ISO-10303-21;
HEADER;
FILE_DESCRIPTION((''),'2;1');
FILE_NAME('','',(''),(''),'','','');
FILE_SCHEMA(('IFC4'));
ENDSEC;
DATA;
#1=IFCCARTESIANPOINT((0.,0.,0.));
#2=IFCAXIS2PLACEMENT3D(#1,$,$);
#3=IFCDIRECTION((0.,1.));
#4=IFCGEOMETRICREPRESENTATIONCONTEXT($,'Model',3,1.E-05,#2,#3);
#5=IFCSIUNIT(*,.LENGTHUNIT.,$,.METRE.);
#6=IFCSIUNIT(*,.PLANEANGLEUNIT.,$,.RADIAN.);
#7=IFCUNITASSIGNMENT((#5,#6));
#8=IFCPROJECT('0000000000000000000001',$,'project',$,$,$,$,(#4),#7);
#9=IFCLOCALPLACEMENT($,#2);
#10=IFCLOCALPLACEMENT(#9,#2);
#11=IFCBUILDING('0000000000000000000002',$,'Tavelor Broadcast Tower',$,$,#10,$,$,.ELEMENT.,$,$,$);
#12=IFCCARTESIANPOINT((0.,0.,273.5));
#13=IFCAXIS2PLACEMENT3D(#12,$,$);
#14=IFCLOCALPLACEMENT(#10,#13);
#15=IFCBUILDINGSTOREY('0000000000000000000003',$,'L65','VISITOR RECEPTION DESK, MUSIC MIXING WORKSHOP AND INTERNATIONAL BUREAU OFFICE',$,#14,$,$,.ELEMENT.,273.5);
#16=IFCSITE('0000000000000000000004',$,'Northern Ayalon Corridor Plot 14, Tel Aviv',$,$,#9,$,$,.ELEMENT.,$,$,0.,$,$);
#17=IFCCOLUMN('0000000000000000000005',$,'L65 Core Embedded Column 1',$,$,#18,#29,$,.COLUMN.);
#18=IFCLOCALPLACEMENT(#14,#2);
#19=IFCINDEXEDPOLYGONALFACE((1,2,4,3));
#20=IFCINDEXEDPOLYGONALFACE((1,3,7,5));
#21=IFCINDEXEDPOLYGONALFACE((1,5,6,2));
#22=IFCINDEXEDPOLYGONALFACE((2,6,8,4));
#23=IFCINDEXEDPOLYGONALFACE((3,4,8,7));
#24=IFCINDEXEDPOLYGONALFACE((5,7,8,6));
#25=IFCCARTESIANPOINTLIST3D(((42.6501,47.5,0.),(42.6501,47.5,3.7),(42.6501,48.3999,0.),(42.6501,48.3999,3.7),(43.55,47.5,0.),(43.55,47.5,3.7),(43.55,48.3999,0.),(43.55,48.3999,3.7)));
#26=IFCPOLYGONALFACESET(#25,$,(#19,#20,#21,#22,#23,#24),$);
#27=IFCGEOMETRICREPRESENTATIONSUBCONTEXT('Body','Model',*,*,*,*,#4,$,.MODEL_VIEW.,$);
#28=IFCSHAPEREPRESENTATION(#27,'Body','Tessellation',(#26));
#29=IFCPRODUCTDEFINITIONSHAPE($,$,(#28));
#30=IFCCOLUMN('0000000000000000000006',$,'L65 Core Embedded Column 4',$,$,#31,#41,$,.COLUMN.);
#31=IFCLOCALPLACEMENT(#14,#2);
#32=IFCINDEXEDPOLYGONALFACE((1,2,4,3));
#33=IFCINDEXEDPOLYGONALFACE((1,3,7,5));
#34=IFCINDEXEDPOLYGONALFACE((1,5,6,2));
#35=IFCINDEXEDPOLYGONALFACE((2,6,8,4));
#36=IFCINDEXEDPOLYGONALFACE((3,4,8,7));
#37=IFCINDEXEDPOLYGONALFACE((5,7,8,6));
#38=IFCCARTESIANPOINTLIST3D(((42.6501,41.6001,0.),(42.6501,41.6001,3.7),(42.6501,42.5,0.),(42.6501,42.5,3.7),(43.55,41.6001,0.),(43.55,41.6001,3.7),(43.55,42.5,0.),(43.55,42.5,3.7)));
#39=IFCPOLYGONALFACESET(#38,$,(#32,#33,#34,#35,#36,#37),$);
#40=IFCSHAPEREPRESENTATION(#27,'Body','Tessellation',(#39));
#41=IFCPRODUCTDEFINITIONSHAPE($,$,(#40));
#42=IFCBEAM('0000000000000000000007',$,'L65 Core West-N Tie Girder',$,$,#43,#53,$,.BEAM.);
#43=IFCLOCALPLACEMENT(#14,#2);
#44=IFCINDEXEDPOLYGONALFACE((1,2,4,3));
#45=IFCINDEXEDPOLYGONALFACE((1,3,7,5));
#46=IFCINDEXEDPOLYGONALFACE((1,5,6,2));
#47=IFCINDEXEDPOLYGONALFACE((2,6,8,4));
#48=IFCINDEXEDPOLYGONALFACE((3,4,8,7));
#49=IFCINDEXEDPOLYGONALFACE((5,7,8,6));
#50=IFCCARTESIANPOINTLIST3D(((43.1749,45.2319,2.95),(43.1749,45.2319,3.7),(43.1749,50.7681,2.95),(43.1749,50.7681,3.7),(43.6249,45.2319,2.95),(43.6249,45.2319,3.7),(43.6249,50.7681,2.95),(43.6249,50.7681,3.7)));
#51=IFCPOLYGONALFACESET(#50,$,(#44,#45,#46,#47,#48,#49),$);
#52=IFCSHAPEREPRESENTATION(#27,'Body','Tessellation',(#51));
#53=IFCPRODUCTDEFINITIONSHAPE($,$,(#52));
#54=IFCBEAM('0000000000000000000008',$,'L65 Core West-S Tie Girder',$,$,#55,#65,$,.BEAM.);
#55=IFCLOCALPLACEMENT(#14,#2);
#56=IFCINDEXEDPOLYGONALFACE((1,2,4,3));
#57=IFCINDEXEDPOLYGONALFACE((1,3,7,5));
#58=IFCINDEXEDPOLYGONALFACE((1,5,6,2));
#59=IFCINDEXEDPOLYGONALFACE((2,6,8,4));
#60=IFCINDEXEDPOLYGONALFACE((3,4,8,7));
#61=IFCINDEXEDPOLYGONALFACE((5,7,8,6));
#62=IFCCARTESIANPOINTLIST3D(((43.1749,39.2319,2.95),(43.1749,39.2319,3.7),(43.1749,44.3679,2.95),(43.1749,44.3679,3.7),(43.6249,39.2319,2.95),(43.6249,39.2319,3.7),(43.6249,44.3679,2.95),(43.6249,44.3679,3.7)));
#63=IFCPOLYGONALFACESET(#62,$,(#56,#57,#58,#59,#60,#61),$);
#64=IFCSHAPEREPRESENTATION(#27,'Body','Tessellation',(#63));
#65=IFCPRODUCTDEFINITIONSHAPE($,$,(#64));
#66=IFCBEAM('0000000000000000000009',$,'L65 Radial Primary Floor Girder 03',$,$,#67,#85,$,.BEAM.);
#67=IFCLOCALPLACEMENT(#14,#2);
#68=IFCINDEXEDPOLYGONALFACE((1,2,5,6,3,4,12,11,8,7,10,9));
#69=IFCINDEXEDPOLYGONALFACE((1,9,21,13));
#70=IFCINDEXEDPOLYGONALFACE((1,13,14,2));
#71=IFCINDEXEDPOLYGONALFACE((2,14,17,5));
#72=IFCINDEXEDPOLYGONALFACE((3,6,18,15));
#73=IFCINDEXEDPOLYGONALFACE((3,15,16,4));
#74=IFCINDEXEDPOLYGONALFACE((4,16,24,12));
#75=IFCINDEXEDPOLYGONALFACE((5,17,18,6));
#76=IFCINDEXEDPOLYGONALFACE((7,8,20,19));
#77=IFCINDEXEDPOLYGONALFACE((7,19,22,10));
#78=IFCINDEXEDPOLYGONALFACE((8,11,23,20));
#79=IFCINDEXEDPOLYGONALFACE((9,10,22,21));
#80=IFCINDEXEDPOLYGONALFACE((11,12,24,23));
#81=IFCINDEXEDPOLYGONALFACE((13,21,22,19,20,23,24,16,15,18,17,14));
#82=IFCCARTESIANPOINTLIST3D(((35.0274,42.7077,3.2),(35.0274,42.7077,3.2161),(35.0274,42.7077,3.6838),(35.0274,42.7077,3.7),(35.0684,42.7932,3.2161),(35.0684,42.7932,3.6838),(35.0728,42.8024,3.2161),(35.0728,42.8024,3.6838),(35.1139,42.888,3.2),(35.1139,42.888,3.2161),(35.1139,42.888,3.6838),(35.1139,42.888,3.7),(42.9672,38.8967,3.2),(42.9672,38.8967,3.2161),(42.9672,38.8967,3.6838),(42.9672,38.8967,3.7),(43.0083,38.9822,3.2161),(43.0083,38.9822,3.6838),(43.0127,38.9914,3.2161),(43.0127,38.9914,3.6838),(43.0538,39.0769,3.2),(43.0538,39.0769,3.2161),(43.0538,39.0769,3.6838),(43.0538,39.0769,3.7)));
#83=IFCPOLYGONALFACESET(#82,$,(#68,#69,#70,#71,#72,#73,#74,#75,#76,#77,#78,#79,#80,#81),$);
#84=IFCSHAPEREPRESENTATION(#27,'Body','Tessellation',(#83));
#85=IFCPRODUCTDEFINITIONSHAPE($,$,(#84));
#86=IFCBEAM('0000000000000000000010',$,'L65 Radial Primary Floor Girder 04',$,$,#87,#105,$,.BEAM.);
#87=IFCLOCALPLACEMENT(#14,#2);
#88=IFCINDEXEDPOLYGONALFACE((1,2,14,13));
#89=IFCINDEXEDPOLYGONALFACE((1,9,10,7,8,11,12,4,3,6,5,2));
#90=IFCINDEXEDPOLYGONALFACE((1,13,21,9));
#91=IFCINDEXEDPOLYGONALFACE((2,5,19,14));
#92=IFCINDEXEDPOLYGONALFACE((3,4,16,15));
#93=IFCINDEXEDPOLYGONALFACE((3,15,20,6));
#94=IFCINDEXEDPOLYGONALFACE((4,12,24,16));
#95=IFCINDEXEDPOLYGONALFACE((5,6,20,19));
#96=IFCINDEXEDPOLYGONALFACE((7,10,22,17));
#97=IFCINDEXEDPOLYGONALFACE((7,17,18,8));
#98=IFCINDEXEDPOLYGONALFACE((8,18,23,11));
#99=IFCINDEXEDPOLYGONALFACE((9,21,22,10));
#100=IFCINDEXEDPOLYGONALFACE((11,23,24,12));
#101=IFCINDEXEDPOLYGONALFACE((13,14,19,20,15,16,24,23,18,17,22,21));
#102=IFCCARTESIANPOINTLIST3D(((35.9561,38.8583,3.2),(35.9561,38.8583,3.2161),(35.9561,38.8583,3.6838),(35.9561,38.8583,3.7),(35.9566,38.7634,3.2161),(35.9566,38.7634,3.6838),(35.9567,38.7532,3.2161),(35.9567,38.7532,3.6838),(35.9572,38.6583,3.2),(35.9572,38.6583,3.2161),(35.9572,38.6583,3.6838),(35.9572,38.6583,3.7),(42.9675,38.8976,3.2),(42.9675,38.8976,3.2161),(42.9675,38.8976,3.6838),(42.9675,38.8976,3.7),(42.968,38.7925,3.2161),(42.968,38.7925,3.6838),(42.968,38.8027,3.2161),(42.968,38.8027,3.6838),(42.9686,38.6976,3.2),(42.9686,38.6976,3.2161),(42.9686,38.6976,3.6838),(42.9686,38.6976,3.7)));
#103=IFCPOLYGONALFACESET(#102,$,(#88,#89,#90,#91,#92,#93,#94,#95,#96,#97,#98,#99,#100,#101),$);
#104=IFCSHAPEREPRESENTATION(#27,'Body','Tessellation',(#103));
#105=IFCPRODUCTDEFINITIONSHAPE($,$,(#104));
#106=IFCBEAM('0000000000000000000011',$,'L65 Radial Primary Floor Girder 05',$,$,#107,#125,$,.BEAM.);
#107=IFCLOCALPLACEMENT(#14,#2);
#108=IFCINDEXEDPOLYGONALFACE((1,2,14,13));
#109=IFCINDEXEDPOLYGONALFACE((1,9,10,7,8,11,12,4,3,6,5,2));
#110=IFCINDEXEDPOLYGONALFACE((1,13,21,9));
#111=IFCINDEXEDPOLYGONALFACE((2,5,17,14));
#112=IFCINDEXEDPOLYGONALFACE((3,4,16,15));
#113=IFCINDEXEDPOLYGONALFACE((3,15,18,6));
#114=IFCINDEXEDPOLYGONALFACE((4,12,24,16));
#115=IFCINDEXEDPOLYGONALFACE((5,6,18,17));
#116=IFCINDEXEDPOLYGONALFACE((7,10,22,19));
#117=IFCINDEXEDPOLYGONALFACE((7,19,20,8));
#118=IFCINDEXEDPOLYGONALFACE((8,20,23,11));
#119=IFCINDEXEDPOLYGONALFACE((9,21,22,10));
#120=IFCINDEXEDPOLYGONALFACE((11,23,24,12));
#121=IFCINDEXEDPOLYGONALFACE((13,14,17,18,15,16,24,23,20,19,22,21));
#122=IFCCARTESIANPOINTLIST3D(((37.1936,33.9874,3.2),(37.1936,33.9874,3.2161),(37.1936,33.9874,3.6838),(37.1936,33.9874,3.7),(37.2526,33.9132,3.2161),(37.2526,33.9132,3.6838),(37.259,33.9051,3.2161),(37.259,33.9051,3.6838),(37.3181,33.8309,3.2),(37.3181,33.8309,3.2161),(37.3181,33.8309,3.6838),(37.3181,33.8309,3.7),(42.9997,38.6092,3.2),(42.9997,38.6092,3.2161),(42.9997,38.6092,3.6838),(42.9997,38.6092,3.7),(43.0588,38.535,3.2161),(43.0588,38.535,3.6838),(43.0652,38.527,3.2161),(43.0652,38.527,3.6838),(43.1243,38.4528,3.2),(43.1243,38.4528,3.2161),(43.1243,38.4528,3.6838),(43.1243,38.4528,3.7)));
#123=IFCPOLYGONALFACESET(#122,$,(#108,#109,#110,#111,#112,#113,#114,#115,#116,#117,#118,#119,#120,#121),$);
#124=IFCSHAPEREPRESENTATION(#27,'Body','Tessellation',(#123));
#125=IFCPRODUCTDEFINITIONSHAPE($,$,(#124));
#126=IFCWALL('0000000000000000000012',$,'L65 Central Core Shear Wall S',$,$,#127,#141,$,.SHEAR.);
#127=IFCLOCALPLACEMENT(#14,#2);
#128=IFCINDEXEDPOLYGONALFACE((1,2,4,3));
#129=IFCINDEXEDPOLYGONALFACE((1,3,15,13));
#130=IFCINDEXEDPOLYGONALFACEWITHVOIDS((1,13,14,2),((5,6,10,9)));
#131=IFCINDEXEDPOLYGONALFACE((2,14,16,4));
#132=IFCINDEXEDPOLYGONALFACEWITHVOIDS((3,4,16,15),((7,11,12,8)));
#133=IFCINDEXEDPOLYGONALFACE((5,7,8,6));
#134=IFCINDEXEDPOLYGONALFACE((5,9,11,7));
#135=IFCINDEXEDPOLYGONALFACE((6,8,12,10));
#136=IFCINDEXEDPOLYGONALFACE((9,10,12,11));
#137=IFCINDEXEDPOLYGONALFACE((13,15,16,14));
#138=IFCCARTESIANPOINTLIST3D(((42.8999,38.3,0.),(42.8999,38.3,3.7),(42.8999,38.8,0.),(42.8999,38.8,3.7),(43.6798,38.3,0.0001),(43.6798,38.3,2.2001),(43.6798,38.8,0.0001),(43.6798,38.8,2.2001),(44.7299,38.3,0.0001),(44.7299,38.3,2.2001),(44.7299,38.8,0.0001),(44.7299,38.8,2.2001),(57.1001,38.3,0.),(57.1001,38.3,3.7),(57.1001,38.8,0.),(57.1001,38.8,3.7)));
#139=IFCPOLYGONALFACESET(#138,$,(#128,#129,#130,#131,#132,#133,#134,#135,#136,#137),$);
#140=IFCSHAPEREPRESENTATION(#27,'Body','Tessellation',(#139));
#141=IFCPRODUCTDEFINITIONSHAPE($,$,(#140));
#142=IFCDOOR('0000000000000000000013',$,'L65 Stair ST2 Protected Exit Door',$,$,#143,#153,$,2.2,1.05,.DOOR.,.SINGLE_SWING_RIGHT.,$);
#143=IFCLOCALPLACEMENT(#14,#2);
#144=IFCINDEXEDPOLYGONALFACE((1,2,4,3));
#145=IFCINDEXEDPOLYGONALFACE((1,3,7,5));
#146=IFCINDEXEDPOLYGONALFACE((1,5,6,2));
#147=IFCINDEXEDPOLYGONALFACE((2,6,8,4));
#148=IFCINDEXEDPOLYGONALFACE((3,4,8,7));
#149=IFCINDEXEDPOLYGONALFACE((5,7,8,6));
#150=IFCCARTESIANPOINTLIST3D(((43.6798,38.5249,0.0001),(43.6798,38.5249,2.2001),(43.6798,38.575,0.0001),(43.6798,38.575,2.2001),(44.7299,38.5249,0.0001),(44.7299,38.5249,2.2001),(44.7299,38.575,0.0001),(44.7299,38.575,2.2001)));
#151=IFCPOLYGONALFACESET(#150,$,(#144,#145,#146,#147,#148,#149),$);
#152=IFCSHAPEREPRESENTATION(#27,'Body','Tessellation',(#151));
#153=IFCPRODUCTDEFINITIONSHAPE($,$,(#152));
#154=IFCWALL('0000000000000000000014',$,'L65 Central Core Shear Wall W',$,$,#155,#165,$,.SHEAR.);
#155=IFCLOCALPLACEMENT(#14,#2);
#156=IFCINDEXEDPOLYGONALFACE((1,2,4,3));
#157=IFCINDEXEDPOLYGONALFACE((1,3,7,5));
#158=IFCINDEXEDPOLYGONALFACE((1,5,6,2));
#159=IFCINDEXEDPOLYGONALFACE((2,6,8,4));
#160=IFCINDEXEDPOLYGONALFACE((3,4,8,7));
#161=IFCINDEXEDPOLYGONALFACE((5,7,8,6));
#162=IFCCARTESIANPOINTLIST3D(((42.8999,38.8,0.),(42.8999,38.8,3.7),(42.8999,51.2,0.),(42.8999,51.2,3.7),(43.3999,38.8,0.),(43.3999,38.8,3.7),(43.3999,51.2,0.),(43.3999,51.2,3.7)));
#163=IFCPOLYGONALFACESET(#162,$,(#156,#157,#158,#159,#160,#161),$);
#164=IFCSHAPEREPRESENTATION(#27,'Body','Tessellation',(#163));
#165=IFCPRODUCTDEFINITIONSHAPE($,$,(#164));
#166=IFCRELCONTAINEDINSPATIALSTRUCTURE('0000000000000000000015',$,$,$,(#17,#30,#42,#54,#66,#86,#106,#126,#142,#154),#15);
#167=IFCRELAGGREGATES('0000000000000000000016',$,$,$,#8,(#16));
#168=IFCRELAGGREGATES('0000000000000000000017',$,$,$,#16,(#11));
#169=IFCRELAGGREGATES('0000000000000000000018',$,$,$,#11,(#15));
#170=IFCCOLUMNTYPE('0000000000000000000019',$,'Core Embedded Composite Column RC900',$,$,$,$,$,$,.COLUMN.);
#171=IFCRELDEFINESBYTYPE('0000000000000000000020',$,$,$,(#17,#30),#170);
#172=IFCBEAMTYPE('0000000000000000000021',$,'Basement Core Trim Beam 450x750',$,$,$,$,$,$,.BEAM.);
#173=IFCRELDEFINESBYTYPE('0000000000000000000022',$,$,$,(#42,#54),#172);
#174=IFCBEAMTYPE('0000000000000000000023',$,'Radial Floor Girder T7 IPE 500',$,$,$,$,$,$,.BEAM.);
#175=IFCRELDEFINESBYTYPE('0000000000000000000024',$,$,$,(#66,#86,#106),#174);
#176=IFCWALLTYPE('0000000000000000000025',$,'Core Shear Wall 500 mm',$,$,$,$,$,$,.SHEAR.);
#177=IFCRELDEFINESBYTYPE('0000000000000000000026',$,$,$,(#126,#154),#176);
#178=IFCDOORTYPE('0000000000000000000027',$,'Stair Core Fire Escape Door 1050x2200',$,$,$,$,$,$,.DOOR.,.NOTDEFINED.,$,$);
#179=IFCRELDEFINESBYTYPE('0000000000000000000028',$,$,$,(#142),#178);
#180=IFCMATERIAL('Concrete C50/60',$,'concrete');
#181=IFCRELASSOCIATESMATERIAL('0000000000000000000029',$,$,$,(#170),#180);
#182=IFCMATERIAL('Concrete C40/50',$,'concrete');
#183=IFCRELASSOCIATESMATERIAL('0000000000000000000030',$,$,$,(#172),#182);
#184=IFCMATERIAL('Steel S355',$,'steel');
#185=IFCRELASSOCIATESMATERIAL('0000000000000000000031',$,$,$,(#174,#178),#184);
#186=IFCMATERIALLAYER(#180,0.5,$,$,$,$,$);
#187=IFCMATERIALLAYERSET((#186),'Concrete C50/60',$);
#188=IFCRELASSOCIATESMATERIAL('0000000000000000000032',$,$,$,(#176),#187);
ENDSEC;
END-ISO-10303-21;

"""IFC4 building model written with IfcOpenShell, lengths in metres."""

from ifc_helpers import new_model, si_unit, direction, frame, frame_2d, origin, origin_2d, place, context, subcontext, project, spatial, rectangle, i_section, extrude, material, layer, layer_set, material_profile, profile_set, type_object, element, fill, save


model = new_model("IFC4")

# Units and contexts
model_context = context("Model", 3, precision=1e-05, world=origin(), true_north=direction((0.0, 1.0)))
body_context = subcontext(model_context, "Body", "Model", "MODEL_VIEW")
ifc_project = project(units=[si_unit("LENGTHUNIT", "METRE"), si_unit("PLANEANGLEUNIT", "RADIAN")], contexts=[model_context])

# Site, building, storey
site_placement = place(None, origin())
site = spatial("IfcSite", under=ifc_project, at=site_placement, Name="Northern Ayalon Corridor Plot 14, Tel Aviv", CompositionType="ELEMENT", RefElevation=0.0)
building_placement = place(site_placement, origin())
building = spatial("IfcBuilding", under=site, at=building_placement, Name="Tavelor Broadcast Tower", CompositionType="ELEMENT")
storey_placement = place(building_placement, frame((0.0, 0.0, 273.5)))
storey = spatial("IfcBuildingStorey", under=building, at=storey_placement, Name="L65", Description="VISITOR RECEPTION DESK, MUSIC MIXING WORKSHOP AND INTERNATIONAL BUREAU OFFICE", CompositionType="ELEMENT", Elevation=273.5)

# Columns
ifc_material_1 = material(Name="Concrete C50/60", Category="concrete")
ifc_material_profile_1 = material_profile(ifc_material_1, rectangle(XDim=0.8999, YDim=0.8999, at=origin_2d()), Name="RC 900x900")
ifc_profile_set_1 = profile_set([ifc_material_profile_1], Name="Concrete C50/60")
column_type = type_object("IfcColumnType", Name="Core Embedded Composite Column RC900", PredefinedType="COLUMN", material=ifc_profile_set_1)
for number, where, z_axis, x_axis, name in (
    (1, (43.1001, 47.95, 0.0), (0.0, 0.0, 1.0), (1.0, 0.0, 0.0), "L65 Core Embedded Column 1"),
    (2, (43.1001, 42.05, 0.0), (0.0, 0.0, 1.0), (1.0, 0.0, 0.0), "L65 Core Embedded Column 4"),
):
    element("IfcColumn", number, at=place(storey_placement, frame(where, z_axis=z_axis, x_axis=x_axis)), inside=storey, type_object=column_type, Name=name, PredefinedType="COLUMN", context=body_context, shape_type="SweptSolid", body=[
        extrude(rectangle(XDim=0.8999, YDim=0.8999, at=origin_2d()), origin(), (0.0, 0.0, 1.0), 3.7),
    ])

# Beams
ifc_material_2 = material(Name="Concrete C40/50", Category="concrete")
ifc_material_profile_2 = material_profile(ifc_material_2, rectangle(XDim=0.45, YDim=0.75, at=origin_2d()), Name="RC 450x750")
ifc_profile_set_2 = profile_set([ifc_material_profile_2], Name="Concrete C40/50")
beam_type_1 = type_object("IfcBeamType", Name="Basement Core Trim Beam 450x750", PredefinedType="BEAM", material=ifc_profile_set_2)
beam_1_placement = place(storey_placement, frame((43.3999, 45.2319, 3.325), z_axis=(0.0, 1.0, 0.0), x_axis=(-1.0, 0.0, 0.0)))
element("IfcBeam", 3, at=beam_1_placement, inside=storey, type_object=beam_type_1, Name="L65 Core West-N Tie Girder", PredefinedType="BEAM", context=body_context, shape_type="SweptSolid", body=[
    extrude(rectangle(XDim=0.45, YDim=0.75, at=origin_2d()), origin(), (0.0, 0.0, 1.0), 5.5361),
])
beam_2_placement = place(storey_placement, frame((43.3999, 39.2319, 3.325), z_axis=(0.0, 1.0, 0.0), x_axis=(-1.0, 0.0, 0.0)))
element("IfcBeam", 4, at=beam_2_placement, inside=storey, type_object=beam_type_1, Name="L65 Core West-S Tie Girder", PredefinedType="BEAM", context=body_context, shape_type="SweptSolid", body=[
    extrude(rectangle(XDim=0.45, YDim=0.75, at=origin_2d()), origin(), (0.0, 0.0, 1.0), 5.136),
])
ifc_material_3 = material(Name="Steel S355", Category="steel")
ifc_material_profile_3 = material_profile(ifc_material_3, i_section(OverallWidth=0.2, OverallDepth=0.5, WebThickness=0.0103, FlangeThickness=0.0161, at=origin_2d()), Name="IPE 500")
ifc_profile_set_3 = profile_set([ifc_material_profile_3], Name="Steel S355")
beam_type_2 = type_object("IfcBeamType", Name="Radial Floor Girder T7 IPE 500", PredefinedType="BEAM", material=ifc_profile_set_3)
beam_3_placement = place(storey_placement, frame((43.0105, 38.9868, 3.45), z_axis=(-0.901529, 0.432718, 0.0), x_axis=(-0.432718, -0.901529, 0.0)))
element("IfcBeam", 5, at=beam_3_placement, inside=storey, type_object=beam_type_2, Name="L65 Radial Primary Floor Girder 03", PredefinedType="BEAM", context=body_context, shape_type="SweptSolid", body=[
    extrude(i_section(OverallWidth=0.2, OverallDepth=0.5, WebThickness=0.0103, FlangeThickness=0.0161, at=origin_2d()), origin(), (0.0, 0.0, 1.0), 8.8071),
])
beam_4_placement = place(storey_placement, frame((42.968, 38.7976, 3.45), z_axis=(-0.999984, -0.005606, 0.0), x_axis=(0.005606, -0.999984, 0.0)))
element("IfcBeam", 6, at=beam_4_placement, inside=storey, type_object=beam_type_2, Name="L65 Radial Primary Floor Girder 04", PredefinedType="BEAM", context=body_context, shape_type="SweptSolid", body=[
    extrude(i_section(OverallWidth=0.2, OverallDepth=0.5, WebThickness=0.0103, FlangeThickness=0.0161, at=origin_2d()), origin(), (0.0, 0.0, 1.0), 7.0115),
])
beam_5_placement = place(storey_placement, frame((43.062, 38.531, 3.45), z_axis=(-0.782385, -0.622796, 0.0), x_axis=(0.622796, -0.782385, 0.0)))
element("IfcBeam", 7, at=beam_5_placement, inside=storey, type_object=beam_type_2, Name="L65 Radial Primary Floor Girder 05", PredefinedType="BEAM", context=body_context, shape_type="SweptSolid", body=[
    extrude(i_section(OverallWidth=0.2, OverallDepth=0.5, WebThickness=0.0103, FlangeThickness=0.0161, at=origin_2d()), origin(), (0.0, 0.0, 1.0), 7.4211),
])

# Wall, opening, door
ifc_layer_1 = layer(ifc_material_1, 0.5)
ifc_layer_set_1 = layer_set([ifc_layer_1], Name="Concrete C50/60")
wall_type_1 = type_object("IfcWallType", Name="Core Shear Wall 500 mm", PredefinedType="SHEAR", material=ifc_layer_set_1)
wall_1_placement = place(storey_placement, frame((42.8999, 38.55, 0.0), z_axis=(0.0, 0.0, 1.0), x_axis=(1.0, 0.0, 0.0)))
wall_1 = element("IfcWall", 8, at=wall_1_placement, inside=storey, type_object=wall_type_1, Name="L65 Central Core Shear Wall S", PredefinedType="SHEAR", context=body_context, shape_type="SweptSolid", body=[
    extrude(rectangle(XDim=14.2002, YDim=0.5, at=frame_2d((7.1001, 0.0))), origin(), (0.0, 0.0, 1.0), 3.7),
])
opening_1_placement = place(wall_1_placement, frame((0.78, 0.0, 0.0)))
opening_1 = element("IfcOpeningElement", 9, at=opening_1_placement, cuts=wall_1, PredefinedType="OPENING", context=body_context, shape_type="SweptSolid", body=[
    extrude(rectangle(XDim=1.05, YDim=2.2, at=frame_2d((0.5249, 1.1001))), frame((0.0, 0.26, 0.0), z_axis=(0.0, -1.0, 0.0), x_axis=(1.0, 0.0, 0.0)), (0.0, 0.0, 1.0), 0.52),
])
door_type_1 = type_object("IfcDoorType", Name="Stair Core Fire Escape Door 1050x2200", OperationType="NOTDEFINED", PredefinedType="DOOR", material=ifc_material_3)
door_1_placement = place(opening_1_placement, origin())
door_1 = element("IfcDoor", 10, at=door_1_placement, inside=storey, type_object=door_type_1, Name="L65 Stair ST2 Protected Exit Door", OperationType="SINGLE_SWING_RIGHT", OverallHeight=2.2, OverallWidth=1.05, PredefinedType="DOOR", context=body_context, shape_type="SweptSolid", body=[
    extrude(rectangle(XDim=1.05, YDim=2.2, at=frame_2d((0.5249, 1.1001))), frame((0.0, 0.0249, 0.0), z_axis=(0.0, -1.0, 0.0), x_axis=(1.0, 0.0, 0.0)), (0.0, 0.0, 1.0), 0.05),
])
fill(opening_1, door_1)

# Wall
wall_2_placement = place(storey_placement, frame((43.1499, 38.8, 0.0), z_axis=(0.0, 0.0, 1.0), x_axis=(0.0, 1.0, 0.0)))
element("IfcWall", 11, at=wall_2_placement, inside=storey, type_object=wall_type_1, Name="L65 Central Core Shear Wall W", PredefinedType="SHEAR", context=body_context, shape_type="SweptSolid", body=[
    extrude(rectangle(XDim=12.3999, YDim=0.5, at=frame_2d((6.2, 0.0))), origin(), (0.0, 0.0, 1.0), 3.7),
])

save(model, "model.ifc")
